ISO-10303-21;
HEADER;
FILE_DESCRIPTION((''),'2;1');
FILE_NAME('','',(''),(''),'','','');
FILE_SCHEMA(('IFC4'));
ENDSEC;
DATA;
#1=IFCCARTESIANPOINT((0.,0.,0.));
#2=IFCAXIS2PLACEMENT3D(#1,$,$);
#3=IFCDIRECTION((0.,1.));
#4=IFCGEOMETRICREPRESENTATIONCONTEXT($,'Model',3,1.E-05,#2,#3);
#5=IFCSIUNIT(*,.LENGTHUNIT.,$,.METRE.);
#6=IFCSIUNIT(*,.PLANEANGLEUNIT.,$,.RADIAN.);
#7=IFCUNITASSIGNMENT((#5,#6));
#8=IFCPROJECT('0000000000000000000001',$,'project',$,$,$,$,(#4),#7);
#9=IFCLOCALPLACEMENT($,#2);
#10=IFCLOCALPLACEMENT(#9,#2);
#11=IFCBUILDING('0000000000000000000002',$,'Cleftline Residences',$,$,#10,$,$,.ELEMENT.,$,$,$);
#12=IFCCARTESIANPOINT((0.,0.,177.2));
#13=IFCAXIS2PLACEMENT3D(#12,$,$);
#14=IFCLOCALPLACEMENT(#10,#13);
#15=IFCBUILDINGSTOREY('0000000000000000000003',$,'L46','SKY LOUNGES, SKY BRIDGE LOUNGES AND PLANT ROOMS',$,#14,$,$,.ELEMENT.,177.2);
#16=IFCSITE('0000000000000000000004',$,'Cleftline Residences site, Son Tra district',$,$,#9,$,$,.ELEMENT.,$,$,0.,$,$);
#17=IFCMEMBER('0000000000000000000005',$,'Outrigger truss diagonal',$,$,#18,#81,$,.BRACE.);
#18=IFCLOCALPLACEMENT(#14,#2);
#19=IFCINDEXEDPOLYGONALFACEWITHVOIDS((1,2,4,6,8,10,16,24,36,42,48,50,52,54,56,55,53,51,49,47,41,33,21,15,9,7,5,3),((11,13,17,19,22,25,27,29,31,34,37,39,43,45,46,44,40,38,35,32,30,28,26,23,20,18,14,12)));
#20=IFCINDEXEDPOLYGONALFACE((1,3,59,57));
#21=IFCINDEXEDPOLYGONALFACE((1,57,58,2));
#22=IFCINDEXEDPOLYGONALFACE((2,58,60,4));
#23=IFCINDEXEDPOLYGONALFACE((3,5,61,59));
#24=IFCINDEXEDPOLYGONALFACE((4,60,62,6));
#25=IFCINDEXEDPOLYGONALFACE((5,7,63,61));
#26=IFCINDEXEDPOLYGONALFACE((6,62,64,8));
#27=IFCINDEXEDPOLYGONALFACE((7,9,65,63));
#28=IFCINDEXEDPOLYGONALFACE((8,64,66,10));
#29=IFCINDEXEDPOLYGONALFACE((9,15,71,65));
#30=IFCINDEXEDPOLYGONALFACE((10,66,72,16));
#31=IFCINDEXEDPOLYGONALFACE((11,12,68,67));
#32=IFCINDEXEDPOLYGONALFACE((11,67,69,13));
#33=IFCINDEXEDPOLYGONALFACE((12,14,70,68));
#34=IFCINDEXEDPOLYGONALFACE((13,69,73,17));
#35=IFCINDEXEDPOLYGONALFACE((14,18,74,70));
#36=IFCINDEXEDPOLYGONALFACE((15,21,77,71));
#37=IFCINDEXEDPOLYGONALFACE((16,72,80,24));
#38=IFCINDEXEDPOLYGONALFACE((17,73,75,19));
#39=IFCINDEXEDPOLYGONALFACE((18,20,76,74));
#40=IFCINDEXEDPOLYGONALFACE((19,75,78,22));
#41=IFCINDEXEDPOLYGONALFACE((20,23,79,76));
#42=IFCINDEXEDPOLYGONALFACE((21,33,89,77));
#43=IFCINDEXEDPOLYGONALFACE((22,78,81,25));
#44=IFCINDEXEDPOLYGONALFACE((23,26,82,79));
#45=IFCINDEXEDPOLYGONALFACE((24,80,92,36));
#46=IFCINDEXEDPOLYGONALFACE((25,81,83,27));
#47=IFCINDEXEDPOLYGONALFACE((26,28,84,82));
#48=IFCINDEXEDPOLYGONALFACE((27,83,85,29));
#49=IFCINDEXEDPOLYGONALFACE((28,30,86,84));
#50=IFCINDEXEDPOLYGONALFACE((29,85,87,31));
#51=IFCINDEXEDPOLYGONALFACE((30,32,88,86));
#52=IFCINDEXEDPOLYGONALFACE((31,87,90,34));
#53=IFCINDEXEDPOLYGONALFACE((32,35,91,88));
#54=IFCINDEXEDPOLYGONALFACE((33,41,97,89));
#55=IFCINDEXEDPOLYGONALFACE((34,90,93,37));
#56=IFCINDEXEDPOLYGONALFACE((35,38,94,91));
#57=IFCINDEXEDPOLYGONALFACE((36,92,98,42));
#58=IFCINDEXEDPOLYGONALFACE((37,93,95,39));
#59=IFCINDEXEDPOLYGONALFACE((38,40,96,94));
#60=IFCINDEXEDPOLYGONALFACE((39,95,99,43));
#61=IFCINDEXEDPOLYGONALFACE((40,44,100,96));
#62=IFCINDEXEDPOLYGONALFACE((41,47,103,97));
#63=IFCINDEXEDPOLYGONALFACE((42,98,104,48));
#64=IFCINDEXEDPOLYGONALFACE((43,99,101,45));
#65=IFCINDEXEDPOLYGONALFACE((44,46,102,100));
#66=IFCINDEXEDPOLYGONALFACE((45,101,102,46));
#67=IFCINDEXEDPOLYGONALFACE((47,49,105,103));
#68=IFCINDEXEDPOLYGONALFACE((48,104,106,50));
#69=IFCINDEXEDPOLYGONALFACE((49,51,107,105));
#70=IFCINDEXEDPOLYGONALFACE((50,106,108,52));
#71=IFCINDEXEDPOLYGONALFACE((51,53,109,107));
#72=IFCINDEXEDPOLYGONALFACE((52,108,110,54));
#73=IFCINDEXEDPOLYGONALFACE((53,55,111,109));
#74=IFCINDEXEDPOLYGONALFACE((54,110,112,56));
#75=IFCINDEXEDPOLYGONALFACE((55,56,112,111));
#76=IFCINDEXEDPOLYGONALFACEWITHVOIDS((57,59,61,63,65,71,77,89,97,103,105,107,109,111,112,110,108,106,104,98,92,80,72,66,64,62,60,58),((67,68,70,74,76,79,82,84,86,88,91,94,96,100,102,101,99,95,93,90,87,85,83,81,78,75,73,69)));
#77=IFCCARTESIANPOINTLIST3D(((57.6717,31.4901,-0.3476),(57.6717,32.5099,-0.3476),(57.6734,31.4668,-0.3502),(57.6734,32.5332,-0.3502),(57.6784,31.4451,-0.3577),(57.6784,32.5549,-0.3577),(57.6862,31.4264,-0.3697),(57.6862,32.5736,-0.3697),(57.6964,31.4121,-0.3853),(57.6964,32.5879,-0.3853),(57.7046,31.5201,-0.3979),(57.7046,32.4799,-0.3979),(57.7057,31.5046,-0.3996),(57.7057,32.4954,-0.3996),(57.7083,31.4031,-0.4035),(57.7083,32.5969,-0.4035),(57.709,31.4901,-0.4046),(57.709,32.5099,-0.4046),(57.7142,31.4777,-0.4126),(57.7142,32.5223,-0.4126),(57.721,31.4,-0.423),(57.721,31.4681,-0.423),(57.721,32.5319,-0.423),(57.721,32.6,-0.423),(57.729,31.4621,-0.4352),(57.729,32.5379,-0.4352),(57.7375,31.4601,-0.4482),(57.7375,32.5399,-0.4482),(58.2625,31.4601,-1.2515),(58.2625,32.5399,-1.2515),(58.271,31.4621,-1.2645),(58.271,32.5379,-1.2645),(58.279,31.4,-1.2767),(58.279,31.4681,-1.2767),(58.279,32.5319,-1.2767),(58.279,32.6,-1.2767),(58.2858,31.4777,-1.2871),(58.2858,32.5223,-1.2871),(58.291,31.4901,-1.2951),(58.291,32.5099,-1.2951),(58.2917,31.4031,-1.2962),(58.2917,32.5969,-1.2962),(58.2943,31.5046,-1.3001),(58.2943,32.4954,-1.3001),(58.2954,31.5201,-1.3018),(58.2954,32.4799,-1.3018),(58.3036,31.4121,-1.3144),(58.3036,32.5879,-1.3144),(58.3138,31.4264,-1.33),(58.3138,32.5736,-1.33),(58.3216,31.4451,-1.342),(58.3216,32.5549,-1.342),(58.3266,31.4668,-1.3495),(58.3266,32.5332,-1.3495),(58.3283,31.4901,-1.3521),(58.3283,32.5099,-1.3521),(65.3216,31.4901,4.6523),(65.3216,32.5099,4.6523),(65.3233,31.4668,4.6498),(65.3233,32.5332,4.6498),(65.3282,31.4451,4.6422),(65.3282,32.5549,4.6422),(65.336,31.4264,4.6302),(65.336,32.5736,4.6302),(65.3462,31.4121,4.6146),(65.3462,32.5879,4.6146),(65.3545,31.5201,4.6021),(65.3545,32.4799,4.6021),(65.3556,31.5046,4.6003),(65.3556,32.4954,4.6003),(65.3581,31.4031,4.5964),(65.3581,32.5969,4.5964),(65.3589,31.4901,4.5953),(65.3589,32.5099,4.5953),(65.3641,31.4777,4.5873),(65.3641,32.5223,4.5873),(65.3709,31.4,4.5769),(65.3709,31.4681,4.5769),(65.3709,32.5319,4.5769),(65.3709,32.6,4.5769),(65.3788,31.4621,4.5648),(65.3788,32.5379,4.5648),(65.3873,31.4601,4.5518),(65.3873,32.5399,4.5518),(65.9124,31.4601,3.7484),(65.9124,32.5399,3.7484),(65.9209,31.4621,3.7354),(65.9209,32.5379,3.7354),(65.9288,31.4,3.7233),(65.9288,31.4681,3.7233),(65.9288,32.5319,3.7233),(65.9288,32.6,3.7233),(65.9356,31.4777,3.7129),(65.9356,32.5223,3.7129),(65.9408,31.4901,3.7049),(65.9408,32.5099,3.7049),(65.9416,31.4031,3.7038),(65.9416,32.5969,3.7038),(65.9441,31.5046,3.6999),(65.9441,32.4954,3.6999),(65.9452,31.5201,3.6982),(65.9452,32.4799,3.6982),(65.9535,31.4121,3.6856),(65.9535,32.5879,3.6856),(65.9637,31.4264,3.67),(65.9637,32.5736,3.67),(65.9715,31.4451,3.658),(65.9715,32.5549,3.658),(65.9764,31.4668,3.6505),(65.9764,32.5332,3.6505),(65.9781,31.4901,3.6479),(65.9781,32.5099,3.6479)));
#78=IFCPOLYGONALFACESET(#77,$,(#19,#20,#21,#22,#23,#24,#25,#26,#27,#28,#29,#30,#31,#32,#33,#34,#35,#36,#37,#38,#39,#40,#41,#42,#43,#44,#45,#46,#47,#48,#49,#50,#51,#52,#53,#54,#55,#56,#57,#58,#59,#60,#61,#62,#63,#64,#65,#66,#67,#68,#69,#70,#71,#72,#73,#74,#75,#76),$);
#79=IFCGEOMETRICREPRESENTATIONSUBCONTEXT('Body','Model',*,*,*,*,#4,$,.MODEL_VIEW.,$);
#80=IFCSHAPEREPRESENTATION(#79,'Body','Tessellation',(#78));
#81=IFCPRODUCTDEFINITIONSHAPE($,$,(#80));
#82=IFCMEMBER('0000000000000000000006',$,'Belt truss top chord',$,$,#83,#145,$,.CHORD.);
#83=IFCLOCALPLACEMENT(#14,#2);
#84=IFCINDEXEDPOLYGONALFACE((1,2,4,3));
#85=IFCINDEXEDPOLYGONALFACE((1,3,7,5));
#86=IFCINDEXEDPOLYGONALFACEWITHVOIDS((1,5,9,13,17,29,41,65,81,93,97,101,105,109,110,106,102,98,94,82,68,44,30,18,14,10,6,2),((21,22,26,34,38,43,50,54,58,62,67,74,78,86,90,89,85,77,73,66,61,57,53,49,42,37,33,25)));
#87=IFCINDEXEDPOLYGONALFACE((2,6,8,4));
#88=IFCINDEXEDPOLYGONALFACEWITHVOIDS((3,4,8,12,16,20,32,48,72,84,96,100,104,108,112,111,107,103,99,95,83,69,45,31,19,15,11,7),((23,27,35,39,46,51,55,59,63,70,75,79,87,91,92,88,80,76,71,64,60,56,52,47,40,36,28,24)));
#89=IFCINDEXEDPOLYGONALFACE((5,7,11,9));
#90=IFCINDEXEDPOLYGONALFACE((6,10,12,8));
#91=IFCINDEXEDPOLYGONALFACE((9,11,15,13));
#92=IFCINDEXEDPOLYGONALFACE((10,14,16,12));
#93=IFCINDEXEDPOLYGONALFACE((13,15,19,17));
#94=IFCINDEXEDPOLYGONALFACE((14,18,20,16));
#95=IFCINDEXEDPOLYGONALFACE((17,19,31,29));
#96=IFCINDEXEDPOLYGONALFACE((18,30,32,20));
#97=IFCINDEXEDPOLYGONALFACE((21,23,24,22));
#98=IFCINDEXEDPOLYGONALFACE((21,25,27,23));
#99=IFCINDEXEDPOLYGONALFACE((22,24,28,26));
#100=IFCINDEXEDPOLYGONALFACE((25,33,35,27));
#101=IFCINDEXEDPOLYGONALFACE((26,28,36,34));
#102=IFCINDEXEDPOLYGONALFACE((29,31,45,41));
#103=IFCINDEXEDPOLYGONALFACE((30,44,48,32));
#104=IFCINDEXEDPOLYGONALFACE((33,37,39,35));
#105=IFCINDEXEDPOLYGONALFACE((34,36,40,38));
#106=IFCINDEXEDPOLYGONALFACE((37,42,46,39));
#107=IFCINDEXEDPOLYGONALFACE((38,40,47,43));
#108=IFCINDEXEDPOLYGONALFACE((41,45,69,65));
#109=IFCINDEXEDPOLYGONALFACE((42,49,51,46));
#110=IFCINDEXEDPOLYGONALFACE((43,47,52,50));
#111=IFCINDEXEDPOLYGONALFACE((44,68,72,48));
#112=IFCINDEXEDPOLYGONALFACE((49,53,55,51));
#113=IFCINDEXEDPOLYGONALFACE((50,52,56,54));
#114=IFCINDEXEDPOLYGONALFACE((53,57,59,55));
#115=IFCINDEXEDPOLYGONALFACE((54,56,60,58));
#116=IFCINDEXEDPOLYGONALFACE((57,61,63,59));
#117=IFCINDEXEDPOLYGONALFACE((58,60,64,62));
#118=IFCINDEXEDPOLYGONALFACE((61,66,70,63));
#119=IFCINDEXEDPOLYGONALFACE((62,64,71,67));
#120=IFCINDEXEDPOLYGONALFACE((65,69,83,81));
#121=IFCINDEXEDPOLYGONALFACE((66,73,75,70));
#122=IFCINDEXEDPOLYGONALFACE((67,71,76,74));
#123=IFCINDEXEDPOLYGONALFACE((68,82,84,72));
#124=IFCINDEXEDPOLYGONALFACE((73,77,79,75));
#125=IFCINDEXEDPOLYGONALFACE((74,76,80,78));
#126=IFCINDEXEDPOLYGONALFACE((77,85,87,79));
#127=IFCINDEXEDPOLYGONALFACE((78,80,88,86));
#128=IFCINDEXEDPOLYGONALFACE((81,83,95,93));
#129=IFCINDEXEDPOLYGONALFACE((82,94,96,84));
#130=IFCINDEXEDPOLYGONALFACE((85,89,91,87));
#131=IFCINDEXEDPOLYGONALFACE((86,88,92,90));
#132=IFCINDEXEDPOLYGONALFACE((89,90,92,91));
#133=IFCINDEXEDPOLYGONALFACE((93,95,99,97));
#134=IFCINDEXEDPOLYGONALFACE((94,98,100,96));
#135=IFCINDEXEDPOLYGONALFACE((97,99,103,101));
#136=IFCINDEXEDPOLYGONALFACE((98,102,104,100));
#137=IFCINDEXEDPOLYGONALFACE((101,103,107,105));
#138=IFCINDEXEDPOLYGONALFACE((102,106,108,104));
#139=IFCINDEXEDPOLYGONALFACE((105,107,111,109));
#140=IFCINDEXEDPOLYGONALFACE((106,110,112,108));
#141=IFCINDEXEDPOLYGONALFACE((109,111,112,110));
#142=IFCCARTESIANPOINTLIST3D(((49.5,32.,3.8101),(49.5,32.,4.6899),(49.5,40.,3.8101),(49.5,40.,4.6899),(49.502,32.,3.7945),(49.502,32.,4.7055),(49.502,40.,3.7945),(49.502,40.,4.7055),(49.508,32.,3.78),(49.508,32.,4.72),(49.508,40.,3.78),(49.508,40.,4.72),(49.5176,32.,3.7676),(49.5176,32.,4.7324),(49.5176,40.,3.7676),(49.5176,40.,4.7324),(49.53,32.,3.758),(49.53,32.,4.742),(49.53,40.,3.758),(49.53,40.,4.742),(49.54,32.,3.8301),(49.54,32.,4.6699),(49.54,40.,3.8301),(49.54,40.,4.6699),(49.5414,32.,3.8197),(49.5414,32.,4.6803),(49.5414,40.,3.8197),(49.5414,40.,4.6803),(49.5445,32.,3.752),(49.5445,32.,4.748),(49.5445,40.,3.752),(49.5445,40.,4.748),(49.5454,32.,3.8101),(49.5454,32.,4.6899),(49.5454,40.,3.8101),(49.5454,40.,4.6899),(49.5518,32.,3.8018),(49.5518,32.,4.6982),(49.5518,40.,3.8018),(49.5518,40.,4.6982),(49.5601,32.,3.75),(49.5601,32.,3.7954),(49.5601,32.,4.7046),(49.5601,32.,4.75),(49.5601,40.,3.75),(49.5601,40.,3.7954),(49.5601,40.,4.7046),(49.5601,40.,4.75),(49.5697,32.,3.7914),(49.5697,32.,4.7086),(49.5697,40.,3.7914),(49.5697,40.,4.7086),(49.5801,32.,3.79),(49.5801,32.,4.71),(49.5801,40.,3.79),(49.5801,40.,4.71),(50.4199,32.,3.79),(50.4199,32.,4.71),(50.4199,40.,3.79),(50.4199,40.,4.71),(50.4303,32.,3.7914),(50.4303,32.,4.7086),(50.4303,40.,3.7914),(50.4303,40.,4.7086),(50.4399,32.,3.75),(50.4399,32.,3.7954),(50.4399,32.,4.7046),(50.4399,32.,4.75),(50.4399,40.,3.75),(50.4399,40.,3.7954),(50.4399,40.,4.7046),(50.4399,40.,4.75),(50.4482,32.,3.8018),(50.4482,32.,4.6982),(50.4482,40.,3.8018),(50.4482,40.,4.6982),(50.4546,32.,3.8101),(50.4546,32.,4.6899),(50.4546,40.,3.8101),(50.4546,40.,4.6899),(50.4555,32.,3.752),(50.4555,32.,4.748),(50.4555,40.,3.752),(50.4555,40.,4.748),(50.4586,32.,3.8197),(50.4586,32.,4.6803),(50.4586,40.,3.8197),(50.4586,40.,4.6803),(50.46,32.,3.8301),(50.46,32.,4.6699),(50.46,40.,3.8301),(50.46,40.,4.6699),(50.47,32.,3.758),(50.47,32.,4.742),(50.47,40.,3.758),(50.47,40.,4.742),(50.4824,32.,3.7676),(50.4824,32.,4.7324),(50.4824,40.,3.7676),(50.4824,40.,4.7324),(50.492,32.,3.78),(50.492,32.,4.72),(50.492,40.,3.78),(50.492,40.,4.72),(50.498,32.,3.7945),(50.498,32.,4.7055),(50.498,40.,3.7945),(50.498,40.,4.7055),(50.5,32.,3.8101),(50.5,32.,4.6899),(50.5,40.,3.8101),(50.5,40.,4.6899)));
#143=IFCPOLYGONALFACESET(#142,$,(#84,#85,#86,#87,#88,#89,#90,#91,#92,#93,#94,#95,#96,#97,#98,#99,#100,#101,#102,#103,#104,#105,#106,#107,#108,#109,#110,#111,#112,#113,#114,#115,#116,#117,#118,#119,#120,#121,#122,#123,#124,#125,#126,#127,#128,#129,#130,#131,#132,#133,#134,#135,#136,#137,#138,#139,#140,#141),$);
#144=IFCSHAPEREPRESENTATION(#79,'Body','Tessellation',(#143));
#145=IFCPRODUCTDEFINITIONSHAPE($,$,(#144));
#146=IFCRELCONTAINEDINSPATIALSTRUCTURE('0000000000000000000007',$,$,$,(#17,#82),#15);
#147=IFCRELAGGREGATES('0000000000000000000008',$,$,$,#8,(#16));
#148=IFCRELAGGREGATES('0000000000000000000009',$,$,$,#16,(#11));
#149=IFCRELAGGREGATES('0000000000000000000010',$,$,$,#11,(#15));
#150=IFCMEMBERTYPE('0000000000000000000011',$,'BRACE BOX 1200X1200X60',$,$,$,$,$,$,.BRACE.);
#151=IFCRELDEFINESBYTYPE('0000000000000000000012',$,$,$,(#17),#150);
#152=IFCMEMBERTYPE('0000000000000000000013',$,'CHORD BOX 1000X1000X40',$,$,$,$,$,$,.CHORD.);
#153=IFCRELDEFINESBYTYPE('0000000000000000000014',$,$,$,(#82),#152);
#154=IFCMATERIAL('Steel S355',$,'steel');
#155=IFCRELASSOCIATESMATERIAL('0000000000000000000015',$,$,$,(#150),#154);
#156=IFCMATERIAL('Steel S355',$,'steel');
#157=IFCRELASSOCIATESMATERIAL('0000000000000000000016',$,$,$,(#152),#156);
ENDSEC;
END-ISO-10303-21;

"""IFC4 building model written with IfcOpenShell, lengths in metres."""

from ifc_helpers import new_model, si_unit, direction, frame, origin, origin_2d, place, context, subcontext, project, spatial, hollow_rectangle, extrude, material, material_profile, profile_set, type_object, element, save


model = new_model("IFC4")

# Units and contexts
model_context = context("Model", 3, precision=1e-05, world=origin(), true_north=direction((0.0, 1.0)))
body_context = subcontext(model_context, "Body", "Model", "MODEL_VIEW")
ifc_project = project(units=[si_unit("LENGTHUNIT", "METRE"), si_unit("PLANEANGLEUNIT", "RADIAN")], contexts=[model_context])

# Site, building, storey
site_placement = place(None, origin())
site = spatial("IfcSite", under=ifc_project, at=site_placement, Name="Cleftline Residences site, Son Tra district", CompositionType="ELEMENT", RefElevation=0.0)
building_placement = place(site_placement, origin())
building = spatial("IfcBuilding", under=site, at=building_placement, Name="Cleftline Residences", CompositionType="ELEMENT")
storey_placement = place(building_placement, frame((0.0, 0.0, 177.2)))
storey = spatial("IfcBuildingStorey", under=building, at=storey_placement, Name="L46", Description="SKY LOUNGES, SKY BRIDGE LOUNGES AND PLANT ROOMS", CompositionType="ELEMENT", Elevation=177.2)

# Members
ifc_material_1 = material(Name="Steel S355", Category="steel")
ifc_material_profile_1 = material_profile(ifc_material_1, hollow_rectangle(XDim=1.2, YDim=1.2, WallThickness=0.0601, InnerFilletRadius=0.0601, OuterFilletRadius=0.0901, at=origin_2d()))
ifc_profile_set_1 = profile_set([ifc_material_profile_1], Name="Steel S355")
member_type_1 = type_object("IfcMemberType", Name="BRACE BOX 1200X1200X60", PredefinedType="BRACE", material=ifc_profile_set_1)
member_1_placement = place(storey_placement, frame((58.0, 32.0, -0.8499), z_axis=(0.837063, 0.0, 0.547107), x_axis=(-0.547107, 0.0, 0.837063)))
element("IfcMember", 1, at=member_1_placement, inside=storey, type_object=member_type_1, Name="Outrigger truss diagonal", PredefinedType="BRACE", context=body_context, shape_type="SweptSolid", body=[
    extrude(hollow_rectangle(XDim=1.2, YDim=1.2, WallThickness=0.0601, InnerFilletRadius=0.0601, OuterFilletRadius=0.0901, at=origin_2d()), origin(), (0.0, 0.0, 1.0), 9.1389),
])
ifc_material_2 = material(Name="Steel S355", Category="steel")
ifc_material_profile_2 = material_profile(ifc_material_2, hollow_rectangle(XDim=1.0, YDim=1.0, WallThickness=0.04, InnerFilletRadius=0.04, OuterFilletRadius=0.0601, at=origin_2d()))
ifc_profile_set_2 = profile_set([ifc_material_profile_2], Name="Steel S355")
member_type_2 = type_object("IfcMemberType", Name="CHORD BOX 1000X1000X40", PredefinedType="CHORD", material=ifc_profile_set_2)
for number, where, z_axis, x_axis, name in (
    (2, (50.0, 32.0, 4.25), (0.0, 1.0, 0.0), (-1.0, 0.0, 0.0), "Belt truss top chord"),
):
    element("IfcMember", number, at=place(storey_placement, frame(where, z_axis=z_axis, x_axis=x_axis)), inside=storey, type_object=member_type_2, Name=name, PredefinedType="CHORD", context=body_context, shape_type="SweptSolid", body=[
        extrude(hollow_rectangle(XDim=1.0, YDim=1.0, WallThickness=0.04, InnerFilletRadius=0.04, OuterFilletRadius=0.0601, at=origin_2d()), origin(), (0.0, 0.0, 1.0), 8.0),
    ])

save(model, "model.ifc")
